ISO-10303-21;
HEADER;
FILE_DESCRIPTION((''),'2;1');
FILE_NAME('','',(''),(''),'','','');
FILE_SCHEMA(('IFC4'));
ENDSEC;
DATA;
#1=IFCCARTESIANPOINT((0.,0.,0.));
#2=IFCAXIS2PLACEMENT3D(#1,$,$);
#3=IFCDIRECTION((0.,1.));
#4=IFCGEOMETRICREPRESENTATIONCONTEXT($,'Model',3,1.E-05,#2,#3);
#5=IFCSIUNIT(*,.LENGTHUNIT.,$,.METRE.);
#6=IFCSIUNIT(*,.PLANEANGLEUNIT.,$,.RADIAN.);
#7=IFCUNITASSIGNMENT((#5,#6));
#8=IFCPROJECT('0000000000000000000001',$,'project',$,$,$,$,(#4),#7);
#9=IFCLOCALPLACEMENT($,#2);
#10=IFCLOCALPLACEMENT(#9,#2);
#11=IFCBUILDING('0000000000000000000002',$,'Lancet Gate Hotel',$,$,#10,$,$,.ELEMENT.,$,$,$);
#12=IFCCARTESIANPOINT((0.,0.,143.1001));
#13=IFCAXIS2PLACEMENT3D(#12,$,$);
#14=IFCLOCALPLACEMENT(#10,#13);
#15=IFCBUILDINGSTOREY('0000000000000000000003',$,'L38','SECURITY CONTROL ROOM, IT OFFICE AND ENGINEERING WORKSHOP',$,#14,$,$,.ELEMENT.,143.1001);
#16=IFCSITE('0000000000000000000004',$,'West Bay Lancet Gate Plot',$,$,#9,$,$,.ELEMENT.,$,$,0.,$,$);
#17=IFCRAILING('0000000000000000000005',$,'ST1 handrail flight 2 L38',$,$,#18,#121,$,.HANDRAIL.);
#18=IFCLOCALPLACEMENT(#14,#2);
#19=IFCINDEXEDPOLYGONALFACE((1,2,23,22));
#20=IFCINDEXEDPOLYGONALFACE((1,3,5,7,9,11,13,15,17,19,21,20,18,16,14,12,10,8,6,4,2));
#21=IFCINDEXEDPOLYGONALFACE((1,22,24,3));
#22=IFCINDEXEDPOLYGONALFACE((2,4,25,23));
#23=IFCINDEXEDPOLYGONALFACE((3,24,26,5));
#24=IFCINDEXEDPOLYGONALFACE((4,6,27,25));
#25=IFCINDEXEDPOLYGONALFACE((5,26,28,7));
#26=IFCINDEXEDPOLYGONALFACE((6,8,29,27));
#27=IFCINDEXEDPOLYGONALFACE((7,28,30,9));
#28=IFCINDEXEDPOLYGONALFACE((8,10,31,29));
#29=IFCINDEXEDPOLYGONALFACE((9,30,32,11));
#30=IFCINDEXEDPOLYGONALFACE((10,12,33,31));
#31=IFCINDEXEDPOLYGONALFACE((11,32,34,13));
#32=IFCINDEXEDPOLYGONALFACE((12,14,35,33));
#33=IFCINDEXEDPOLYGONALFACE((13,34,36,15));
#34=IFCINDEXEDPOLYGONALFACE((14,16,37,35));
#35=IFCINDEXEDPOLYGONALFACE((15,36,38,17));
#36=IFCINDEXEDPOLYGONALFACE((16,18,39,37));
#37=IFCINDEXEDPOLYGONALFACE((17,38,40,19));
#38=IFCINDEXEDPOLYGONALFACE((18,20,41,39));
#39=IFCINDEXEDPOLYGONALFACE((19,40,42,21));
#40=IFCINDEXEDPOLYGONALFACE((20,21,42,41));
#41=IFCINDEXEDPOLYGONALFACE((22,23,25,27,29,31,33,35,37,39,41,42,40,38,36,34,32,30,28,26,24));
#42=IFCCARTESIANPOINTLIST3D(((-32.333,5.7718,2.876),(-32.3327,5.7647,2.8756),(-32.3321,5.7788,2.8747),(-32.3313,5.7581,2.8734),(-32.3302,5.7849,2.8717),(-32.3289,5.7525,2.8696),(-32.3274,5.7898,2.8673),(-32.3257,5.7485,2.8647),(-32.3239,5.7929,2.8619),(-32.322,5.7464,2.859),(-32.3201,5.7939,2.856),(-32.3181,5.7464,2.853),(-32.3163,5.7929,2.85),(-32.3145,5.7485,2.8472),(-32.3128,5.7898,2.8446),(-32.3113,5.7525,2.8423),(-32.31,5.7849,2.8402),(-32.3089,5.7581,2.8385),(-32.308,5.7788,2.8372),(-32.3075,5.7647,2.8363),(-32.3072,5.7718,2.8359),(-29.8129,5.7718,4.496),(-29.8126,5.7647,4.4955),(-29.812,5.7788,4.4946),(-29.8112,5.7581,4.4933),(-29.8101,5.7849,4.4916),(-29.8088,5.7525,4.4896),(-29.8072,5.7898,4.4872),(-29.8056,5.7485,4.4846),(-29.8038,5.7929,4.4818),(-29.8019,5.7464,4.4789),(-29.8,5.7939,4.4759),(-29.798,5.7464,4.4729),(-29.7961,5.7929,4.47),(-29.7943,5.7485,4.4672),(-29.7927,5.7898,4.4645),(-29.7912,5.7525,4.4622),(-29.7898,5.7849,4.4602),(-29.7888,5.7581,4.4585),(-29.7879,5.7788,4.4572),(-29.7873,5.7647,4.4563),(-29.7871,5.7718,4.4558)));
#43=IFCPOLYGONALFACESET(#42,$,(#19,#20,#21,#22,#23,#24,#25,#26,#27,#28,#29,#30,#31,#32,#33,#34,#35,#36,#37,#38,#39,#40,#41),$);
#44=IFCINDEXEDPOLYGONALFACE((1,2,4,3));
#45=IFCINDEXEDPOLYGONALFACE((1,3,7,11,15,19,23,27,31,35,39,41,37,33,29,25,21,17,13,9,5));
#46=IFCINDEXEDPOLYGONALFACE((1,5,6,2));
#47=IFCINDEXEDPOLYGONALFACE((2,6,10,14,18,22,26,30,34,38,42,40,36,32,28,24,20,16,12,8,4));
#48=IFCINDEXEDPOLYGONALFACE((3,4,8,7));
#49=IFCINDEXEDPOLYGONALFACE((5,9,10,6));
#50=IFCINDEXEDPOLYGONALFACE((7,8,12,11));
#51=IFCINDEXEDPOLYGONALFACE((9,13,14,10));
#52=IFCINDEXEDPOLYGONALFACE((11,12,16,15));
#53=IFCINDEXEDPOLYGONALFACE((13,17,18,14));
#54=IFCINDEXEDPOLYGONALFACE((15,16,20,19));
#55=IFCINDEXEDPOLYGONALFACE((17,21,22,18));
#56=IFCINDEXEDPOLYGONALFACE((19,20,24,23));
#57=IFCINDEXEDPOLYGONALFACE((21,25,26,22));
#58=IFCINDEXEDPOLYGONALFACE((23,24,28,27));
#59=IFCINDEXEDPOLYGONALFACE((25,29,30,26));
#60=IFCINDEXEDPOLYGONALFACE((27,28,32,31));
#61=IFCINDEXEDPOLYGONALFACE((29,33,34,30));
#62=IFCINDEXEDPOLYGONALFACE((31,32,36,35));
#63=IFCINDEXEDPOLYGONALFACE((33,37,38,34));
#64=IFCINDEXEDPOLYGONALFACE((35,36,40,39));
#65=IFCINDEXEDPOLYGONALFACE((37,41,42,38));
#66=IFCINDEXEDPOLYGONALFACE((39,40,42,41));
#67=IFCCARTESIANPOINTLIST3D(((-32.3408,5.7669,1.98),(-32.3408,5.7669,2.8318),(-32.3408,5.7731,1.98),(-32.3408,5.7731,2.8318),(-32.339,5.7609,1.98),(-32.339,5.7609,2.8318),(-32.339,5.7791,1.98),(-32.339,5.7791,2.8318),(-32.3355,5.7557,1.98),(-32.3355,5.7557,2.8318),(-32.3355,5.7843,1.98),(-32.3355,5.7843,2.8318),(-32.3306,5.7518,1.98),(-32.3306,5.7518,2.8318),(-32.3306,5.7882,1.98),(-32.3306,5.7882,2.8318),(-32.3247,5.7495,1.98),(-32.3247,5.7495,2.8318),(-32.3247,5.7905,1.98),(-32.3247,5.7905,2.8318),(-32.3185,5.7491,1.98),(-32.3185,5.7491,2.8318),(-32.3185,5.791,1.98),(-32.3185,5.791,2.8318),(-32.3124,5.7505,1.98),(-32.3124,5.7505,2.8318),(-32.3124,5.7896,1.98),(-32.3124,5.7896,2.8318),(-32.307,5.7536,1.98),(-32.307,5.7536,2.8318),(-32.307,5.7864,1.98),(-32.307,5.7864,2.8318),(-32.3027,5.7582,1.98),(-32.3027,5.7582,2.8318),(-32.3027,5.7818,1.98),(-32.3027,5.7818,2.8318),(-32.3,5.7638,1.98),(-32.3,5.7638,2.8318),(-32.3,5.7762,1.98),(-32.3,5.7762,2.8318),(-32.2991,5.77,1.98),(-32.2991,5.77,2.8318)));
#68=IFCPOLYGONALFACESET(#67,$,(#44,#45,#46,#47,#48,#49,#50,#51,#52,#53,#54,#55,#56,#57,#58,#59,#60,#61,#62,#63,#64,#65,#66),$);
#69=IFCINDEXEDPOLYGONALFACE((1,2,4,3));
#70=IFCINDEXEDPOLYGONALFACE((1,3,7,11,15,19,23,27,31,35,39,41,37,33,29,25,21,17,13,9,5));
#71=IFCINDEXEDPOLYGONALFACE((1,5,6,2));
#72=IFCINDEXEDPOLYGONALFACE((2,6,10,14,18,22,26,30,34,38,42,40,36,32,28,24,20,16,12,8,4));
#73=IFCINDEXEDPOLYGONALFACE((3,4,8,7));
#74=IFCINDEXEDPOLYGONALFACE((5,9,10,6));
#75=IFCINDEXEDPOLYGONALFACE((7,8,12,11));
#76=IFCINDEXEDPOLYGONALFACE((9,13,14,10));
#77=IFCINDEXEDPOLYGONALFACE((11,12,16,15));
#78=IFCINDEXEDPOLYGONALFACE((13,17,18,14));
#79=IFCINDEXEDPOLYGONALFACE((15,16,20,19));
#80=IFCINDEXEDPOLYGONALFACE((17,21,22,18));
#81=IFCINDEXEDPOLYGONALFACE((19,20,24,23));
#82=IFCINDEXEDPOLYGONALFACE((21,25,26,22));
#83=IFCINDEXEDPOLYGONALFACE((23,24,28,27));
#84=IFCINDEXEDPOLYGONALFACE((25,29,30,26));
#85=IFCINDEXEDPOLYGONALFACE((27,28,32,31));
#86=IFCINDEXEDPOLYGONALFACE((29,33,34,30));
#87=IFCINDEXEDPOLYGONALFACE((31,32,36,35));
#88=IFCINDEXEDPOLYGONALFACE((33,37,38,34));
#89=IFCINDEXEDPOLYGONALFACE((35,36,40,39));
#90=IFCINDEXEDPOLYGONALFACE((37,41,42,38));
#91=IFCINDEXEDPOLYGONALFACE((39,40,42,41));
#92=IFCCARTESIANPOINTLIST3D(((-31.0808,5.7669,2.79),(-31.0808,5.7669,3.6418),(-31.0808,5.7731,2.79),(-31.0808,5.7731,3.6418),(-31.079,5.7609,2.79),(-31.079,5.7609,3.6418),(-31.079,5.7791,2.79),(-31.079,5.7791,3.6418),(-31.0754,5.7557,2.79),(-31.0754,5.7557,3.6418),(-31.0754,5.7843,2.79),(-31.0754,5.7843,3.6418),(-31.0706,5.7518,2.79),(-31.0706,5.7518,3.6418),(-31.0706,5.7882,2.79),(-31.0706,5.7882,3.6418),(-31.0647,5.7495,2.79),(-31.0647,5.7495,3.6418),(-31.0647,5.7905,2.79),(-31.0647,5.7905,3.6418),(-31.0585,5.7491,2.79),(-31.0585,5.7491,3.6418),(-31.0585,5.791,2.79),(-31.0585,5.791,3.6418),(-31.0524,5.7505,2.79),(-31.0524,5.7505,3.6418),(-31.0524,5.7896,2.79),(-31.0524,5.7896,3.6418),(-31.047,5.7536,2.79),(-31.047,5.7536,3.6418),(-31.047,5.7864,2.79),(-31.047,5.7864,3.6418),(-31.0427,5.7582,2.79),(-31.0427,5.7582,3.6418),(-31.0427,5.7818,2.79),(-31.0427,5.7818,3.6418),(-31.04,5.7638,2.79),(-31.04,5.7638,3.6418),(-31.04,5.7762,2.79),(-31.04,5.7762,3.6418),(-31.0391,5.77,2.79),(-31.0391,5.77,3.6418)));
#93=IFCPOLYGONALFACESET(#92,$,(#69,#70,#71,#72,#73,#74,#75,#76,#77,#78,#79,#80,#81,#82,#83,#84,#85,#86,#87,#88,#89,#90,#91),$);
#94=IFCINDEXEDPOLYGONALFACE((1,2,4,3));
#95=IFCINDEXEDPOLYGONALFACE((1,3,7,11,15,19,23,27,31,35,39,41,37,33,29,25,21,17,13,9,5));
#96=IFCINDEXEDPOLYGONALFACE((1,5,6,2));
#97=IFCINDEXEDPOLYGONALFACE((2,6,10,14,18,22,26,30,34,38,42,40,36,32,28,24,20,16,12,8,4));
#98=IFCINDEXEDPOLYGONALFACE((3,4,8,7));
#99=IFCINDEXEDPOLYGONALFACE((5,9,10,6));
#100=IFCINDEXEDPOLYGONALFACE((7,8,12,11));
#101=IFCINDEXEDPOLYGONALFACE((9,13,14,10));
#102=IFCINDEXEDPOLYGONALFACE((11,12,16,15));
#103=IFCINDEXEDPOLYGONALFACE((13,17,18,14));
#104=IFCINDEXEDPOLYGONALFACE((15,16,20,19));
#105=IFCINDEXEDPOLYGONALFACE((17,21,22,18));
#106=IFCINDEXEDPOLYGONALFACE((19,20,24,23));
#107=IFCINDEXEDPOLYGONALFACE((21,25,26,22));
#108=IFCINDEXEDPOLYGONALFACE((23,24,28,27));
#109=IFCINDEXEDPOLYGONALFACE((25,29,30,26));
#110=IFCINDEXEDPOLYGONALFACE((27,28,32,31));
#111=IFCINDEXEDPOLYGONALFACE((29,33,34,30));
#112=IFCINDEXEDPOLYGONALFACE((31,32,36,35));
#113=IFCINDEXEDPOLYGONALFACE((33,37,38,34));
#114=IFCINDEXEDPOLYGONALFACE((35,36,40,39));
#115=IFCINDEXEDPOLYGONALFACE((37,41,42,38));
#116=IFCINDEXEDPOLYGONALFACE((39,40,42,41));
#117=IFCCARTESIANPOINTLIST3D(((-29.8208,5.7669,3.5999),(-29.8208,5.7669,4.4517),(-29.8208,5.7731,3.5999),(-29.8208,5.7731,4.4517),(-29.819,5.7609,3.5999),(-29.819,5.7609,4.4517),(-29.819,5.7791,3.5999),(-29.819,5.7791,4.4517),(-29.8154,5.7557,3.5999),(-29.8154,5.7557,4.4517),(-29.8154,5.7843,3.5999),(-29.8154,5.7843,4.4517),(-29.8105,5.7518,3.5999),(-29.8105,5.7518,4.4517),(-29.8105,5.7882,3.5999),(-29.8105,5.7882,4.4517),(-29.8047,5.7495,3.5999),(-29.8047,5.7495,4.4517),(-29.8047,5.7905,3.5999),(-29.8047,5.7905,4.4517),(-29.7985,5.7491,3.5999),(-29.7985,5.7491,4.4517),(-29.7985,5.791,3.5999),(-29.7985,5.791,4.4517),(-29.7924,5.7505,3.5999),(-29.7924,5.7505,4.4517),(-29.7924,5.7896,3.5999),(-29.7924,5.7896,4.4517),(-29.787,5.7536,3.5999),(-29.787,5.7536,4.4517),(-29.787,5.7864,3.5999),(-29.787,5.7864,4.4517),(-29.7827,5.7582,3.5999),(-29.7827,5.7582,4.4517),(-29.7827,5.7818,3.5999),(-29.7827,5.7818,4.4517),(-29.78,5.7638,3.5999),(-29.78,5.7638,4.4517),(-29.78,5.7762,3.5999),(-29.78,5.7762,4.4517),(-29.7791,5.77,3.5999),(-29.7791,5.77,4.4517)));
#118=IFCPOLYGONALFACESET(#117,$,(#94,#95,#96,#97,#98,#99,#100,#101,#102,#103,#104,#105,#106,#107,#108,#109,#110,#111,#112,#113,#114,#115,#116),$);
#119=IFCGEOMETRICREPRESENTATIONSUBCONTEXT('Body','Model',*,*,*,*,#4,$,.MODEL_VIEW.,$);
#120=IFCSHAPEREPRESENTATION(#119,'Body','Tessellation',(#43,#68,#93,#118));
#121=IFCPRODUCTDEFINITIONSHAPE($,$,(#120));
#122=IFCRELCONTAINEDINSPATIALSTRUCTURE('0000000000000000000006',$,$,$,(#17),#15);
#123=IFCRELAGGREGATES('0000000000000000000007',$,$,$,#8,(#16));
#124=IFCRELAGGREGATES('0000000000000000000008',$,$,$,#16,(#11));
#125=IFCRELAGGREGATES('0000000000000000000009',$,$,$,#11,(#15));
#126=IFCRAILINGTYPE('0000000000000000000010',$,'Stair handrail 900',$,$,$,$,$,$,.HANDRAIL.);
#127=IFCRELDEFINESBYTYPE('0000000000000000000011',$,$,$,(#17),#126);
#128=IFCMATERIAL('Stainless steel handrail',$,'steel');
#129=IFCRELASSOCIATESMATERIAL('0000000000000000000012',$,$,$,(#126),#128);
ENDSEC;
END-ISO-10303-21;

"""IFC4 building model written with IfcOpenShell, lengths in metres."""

from ifc_helpers import new_model, si_unit, direction, frame, origin, origin_2d, place, context, subcontext, project, spatial, circle, extrude, material, type_object, element, save


model = new_model("IFC4")

# Units and contexts
model_context = context("Model", 3, precision=1e-05, world=origin(), true_north=direction((0.0, 1.0)))
body_context = subcontext(model_context, "Body", "Model", "MODEL_VIEW")
ifc_project = project(units=[si_unit("LENGTHUNIT", "METRE"), si_unit("PLANEANGLEUNIT", "RADIAN")], contexts=[model_context])

# Site, building, storey
site_placement = place(None, origin())
site = spatial("IfcSite", under=ifc_project, at=site_placement, Name="West Bay Lancet Gate Plot", CompositionType="ELEMENT", RefElevation=0.0)
building_placement = place(site_placement, origin())
building = spatial("IfcBuilding", under=site, at=building_placement, Name="Lancet Gate Hotel", CompositionType="ELEMENT")
storey_placement = place(building_placement, frame((0.0, 0.0, 143.1001)))
storey = spatial("IfcBuildingStorey", under=building, at=storey_placement, Name="L38", Description="SECURITY CONTROL ROOM, IT OFFICE AND ENGINEERING WORKSHOP", CompositionType="ELEMENT", Elevation=143.1001)

# Railing
ifc_material_1 = material(Name="Stainless steel handrail", Category="steel")
railing_type = type_object("IfcRailingType", Name="Stair handrail 900", PredefinedType="HANDRAIL", material=ifc_material_1)
railing_1_placement = place(storey_placement, frame((-32.3201, 5.77, 1.98)))
element("IfcRailing", 1, at=railing_1_placement, inside=storey, type_object=railing_type, Name="ST1 handrail flight 2 L38", PredefinedType="HANDRAIL", context=body_context, shape_type="SweptSolid", body=[
    extrude(circle(Radius=0.0239, at=origin_2d()), frame((0.0, 0.0, 0.876), z_axis=(0.8412, 0.0, 0.540725), x_axis=(0.0, 1.0, 0.0)), (0.0, 0.0, 1.0), 2.9958),
    extrude(circle(Radius=0.021, at=origin_2d()), origin(), (0.0, 0.0, 1.0), 0.8518),
    extrude(circle(Radius=0.021, at=origin_2d()), frame((1.26, 0.0, 0.8101)), (0.0, 0.0, 1.0), 0.8518),
    extrude(circle(Radius=0.021, at=origin_2d()), frame((2.52, 0.0, 1.6199)), (0.0, 0.0, 1.0), 0.8518),
])

save(model, "model.ifc")
